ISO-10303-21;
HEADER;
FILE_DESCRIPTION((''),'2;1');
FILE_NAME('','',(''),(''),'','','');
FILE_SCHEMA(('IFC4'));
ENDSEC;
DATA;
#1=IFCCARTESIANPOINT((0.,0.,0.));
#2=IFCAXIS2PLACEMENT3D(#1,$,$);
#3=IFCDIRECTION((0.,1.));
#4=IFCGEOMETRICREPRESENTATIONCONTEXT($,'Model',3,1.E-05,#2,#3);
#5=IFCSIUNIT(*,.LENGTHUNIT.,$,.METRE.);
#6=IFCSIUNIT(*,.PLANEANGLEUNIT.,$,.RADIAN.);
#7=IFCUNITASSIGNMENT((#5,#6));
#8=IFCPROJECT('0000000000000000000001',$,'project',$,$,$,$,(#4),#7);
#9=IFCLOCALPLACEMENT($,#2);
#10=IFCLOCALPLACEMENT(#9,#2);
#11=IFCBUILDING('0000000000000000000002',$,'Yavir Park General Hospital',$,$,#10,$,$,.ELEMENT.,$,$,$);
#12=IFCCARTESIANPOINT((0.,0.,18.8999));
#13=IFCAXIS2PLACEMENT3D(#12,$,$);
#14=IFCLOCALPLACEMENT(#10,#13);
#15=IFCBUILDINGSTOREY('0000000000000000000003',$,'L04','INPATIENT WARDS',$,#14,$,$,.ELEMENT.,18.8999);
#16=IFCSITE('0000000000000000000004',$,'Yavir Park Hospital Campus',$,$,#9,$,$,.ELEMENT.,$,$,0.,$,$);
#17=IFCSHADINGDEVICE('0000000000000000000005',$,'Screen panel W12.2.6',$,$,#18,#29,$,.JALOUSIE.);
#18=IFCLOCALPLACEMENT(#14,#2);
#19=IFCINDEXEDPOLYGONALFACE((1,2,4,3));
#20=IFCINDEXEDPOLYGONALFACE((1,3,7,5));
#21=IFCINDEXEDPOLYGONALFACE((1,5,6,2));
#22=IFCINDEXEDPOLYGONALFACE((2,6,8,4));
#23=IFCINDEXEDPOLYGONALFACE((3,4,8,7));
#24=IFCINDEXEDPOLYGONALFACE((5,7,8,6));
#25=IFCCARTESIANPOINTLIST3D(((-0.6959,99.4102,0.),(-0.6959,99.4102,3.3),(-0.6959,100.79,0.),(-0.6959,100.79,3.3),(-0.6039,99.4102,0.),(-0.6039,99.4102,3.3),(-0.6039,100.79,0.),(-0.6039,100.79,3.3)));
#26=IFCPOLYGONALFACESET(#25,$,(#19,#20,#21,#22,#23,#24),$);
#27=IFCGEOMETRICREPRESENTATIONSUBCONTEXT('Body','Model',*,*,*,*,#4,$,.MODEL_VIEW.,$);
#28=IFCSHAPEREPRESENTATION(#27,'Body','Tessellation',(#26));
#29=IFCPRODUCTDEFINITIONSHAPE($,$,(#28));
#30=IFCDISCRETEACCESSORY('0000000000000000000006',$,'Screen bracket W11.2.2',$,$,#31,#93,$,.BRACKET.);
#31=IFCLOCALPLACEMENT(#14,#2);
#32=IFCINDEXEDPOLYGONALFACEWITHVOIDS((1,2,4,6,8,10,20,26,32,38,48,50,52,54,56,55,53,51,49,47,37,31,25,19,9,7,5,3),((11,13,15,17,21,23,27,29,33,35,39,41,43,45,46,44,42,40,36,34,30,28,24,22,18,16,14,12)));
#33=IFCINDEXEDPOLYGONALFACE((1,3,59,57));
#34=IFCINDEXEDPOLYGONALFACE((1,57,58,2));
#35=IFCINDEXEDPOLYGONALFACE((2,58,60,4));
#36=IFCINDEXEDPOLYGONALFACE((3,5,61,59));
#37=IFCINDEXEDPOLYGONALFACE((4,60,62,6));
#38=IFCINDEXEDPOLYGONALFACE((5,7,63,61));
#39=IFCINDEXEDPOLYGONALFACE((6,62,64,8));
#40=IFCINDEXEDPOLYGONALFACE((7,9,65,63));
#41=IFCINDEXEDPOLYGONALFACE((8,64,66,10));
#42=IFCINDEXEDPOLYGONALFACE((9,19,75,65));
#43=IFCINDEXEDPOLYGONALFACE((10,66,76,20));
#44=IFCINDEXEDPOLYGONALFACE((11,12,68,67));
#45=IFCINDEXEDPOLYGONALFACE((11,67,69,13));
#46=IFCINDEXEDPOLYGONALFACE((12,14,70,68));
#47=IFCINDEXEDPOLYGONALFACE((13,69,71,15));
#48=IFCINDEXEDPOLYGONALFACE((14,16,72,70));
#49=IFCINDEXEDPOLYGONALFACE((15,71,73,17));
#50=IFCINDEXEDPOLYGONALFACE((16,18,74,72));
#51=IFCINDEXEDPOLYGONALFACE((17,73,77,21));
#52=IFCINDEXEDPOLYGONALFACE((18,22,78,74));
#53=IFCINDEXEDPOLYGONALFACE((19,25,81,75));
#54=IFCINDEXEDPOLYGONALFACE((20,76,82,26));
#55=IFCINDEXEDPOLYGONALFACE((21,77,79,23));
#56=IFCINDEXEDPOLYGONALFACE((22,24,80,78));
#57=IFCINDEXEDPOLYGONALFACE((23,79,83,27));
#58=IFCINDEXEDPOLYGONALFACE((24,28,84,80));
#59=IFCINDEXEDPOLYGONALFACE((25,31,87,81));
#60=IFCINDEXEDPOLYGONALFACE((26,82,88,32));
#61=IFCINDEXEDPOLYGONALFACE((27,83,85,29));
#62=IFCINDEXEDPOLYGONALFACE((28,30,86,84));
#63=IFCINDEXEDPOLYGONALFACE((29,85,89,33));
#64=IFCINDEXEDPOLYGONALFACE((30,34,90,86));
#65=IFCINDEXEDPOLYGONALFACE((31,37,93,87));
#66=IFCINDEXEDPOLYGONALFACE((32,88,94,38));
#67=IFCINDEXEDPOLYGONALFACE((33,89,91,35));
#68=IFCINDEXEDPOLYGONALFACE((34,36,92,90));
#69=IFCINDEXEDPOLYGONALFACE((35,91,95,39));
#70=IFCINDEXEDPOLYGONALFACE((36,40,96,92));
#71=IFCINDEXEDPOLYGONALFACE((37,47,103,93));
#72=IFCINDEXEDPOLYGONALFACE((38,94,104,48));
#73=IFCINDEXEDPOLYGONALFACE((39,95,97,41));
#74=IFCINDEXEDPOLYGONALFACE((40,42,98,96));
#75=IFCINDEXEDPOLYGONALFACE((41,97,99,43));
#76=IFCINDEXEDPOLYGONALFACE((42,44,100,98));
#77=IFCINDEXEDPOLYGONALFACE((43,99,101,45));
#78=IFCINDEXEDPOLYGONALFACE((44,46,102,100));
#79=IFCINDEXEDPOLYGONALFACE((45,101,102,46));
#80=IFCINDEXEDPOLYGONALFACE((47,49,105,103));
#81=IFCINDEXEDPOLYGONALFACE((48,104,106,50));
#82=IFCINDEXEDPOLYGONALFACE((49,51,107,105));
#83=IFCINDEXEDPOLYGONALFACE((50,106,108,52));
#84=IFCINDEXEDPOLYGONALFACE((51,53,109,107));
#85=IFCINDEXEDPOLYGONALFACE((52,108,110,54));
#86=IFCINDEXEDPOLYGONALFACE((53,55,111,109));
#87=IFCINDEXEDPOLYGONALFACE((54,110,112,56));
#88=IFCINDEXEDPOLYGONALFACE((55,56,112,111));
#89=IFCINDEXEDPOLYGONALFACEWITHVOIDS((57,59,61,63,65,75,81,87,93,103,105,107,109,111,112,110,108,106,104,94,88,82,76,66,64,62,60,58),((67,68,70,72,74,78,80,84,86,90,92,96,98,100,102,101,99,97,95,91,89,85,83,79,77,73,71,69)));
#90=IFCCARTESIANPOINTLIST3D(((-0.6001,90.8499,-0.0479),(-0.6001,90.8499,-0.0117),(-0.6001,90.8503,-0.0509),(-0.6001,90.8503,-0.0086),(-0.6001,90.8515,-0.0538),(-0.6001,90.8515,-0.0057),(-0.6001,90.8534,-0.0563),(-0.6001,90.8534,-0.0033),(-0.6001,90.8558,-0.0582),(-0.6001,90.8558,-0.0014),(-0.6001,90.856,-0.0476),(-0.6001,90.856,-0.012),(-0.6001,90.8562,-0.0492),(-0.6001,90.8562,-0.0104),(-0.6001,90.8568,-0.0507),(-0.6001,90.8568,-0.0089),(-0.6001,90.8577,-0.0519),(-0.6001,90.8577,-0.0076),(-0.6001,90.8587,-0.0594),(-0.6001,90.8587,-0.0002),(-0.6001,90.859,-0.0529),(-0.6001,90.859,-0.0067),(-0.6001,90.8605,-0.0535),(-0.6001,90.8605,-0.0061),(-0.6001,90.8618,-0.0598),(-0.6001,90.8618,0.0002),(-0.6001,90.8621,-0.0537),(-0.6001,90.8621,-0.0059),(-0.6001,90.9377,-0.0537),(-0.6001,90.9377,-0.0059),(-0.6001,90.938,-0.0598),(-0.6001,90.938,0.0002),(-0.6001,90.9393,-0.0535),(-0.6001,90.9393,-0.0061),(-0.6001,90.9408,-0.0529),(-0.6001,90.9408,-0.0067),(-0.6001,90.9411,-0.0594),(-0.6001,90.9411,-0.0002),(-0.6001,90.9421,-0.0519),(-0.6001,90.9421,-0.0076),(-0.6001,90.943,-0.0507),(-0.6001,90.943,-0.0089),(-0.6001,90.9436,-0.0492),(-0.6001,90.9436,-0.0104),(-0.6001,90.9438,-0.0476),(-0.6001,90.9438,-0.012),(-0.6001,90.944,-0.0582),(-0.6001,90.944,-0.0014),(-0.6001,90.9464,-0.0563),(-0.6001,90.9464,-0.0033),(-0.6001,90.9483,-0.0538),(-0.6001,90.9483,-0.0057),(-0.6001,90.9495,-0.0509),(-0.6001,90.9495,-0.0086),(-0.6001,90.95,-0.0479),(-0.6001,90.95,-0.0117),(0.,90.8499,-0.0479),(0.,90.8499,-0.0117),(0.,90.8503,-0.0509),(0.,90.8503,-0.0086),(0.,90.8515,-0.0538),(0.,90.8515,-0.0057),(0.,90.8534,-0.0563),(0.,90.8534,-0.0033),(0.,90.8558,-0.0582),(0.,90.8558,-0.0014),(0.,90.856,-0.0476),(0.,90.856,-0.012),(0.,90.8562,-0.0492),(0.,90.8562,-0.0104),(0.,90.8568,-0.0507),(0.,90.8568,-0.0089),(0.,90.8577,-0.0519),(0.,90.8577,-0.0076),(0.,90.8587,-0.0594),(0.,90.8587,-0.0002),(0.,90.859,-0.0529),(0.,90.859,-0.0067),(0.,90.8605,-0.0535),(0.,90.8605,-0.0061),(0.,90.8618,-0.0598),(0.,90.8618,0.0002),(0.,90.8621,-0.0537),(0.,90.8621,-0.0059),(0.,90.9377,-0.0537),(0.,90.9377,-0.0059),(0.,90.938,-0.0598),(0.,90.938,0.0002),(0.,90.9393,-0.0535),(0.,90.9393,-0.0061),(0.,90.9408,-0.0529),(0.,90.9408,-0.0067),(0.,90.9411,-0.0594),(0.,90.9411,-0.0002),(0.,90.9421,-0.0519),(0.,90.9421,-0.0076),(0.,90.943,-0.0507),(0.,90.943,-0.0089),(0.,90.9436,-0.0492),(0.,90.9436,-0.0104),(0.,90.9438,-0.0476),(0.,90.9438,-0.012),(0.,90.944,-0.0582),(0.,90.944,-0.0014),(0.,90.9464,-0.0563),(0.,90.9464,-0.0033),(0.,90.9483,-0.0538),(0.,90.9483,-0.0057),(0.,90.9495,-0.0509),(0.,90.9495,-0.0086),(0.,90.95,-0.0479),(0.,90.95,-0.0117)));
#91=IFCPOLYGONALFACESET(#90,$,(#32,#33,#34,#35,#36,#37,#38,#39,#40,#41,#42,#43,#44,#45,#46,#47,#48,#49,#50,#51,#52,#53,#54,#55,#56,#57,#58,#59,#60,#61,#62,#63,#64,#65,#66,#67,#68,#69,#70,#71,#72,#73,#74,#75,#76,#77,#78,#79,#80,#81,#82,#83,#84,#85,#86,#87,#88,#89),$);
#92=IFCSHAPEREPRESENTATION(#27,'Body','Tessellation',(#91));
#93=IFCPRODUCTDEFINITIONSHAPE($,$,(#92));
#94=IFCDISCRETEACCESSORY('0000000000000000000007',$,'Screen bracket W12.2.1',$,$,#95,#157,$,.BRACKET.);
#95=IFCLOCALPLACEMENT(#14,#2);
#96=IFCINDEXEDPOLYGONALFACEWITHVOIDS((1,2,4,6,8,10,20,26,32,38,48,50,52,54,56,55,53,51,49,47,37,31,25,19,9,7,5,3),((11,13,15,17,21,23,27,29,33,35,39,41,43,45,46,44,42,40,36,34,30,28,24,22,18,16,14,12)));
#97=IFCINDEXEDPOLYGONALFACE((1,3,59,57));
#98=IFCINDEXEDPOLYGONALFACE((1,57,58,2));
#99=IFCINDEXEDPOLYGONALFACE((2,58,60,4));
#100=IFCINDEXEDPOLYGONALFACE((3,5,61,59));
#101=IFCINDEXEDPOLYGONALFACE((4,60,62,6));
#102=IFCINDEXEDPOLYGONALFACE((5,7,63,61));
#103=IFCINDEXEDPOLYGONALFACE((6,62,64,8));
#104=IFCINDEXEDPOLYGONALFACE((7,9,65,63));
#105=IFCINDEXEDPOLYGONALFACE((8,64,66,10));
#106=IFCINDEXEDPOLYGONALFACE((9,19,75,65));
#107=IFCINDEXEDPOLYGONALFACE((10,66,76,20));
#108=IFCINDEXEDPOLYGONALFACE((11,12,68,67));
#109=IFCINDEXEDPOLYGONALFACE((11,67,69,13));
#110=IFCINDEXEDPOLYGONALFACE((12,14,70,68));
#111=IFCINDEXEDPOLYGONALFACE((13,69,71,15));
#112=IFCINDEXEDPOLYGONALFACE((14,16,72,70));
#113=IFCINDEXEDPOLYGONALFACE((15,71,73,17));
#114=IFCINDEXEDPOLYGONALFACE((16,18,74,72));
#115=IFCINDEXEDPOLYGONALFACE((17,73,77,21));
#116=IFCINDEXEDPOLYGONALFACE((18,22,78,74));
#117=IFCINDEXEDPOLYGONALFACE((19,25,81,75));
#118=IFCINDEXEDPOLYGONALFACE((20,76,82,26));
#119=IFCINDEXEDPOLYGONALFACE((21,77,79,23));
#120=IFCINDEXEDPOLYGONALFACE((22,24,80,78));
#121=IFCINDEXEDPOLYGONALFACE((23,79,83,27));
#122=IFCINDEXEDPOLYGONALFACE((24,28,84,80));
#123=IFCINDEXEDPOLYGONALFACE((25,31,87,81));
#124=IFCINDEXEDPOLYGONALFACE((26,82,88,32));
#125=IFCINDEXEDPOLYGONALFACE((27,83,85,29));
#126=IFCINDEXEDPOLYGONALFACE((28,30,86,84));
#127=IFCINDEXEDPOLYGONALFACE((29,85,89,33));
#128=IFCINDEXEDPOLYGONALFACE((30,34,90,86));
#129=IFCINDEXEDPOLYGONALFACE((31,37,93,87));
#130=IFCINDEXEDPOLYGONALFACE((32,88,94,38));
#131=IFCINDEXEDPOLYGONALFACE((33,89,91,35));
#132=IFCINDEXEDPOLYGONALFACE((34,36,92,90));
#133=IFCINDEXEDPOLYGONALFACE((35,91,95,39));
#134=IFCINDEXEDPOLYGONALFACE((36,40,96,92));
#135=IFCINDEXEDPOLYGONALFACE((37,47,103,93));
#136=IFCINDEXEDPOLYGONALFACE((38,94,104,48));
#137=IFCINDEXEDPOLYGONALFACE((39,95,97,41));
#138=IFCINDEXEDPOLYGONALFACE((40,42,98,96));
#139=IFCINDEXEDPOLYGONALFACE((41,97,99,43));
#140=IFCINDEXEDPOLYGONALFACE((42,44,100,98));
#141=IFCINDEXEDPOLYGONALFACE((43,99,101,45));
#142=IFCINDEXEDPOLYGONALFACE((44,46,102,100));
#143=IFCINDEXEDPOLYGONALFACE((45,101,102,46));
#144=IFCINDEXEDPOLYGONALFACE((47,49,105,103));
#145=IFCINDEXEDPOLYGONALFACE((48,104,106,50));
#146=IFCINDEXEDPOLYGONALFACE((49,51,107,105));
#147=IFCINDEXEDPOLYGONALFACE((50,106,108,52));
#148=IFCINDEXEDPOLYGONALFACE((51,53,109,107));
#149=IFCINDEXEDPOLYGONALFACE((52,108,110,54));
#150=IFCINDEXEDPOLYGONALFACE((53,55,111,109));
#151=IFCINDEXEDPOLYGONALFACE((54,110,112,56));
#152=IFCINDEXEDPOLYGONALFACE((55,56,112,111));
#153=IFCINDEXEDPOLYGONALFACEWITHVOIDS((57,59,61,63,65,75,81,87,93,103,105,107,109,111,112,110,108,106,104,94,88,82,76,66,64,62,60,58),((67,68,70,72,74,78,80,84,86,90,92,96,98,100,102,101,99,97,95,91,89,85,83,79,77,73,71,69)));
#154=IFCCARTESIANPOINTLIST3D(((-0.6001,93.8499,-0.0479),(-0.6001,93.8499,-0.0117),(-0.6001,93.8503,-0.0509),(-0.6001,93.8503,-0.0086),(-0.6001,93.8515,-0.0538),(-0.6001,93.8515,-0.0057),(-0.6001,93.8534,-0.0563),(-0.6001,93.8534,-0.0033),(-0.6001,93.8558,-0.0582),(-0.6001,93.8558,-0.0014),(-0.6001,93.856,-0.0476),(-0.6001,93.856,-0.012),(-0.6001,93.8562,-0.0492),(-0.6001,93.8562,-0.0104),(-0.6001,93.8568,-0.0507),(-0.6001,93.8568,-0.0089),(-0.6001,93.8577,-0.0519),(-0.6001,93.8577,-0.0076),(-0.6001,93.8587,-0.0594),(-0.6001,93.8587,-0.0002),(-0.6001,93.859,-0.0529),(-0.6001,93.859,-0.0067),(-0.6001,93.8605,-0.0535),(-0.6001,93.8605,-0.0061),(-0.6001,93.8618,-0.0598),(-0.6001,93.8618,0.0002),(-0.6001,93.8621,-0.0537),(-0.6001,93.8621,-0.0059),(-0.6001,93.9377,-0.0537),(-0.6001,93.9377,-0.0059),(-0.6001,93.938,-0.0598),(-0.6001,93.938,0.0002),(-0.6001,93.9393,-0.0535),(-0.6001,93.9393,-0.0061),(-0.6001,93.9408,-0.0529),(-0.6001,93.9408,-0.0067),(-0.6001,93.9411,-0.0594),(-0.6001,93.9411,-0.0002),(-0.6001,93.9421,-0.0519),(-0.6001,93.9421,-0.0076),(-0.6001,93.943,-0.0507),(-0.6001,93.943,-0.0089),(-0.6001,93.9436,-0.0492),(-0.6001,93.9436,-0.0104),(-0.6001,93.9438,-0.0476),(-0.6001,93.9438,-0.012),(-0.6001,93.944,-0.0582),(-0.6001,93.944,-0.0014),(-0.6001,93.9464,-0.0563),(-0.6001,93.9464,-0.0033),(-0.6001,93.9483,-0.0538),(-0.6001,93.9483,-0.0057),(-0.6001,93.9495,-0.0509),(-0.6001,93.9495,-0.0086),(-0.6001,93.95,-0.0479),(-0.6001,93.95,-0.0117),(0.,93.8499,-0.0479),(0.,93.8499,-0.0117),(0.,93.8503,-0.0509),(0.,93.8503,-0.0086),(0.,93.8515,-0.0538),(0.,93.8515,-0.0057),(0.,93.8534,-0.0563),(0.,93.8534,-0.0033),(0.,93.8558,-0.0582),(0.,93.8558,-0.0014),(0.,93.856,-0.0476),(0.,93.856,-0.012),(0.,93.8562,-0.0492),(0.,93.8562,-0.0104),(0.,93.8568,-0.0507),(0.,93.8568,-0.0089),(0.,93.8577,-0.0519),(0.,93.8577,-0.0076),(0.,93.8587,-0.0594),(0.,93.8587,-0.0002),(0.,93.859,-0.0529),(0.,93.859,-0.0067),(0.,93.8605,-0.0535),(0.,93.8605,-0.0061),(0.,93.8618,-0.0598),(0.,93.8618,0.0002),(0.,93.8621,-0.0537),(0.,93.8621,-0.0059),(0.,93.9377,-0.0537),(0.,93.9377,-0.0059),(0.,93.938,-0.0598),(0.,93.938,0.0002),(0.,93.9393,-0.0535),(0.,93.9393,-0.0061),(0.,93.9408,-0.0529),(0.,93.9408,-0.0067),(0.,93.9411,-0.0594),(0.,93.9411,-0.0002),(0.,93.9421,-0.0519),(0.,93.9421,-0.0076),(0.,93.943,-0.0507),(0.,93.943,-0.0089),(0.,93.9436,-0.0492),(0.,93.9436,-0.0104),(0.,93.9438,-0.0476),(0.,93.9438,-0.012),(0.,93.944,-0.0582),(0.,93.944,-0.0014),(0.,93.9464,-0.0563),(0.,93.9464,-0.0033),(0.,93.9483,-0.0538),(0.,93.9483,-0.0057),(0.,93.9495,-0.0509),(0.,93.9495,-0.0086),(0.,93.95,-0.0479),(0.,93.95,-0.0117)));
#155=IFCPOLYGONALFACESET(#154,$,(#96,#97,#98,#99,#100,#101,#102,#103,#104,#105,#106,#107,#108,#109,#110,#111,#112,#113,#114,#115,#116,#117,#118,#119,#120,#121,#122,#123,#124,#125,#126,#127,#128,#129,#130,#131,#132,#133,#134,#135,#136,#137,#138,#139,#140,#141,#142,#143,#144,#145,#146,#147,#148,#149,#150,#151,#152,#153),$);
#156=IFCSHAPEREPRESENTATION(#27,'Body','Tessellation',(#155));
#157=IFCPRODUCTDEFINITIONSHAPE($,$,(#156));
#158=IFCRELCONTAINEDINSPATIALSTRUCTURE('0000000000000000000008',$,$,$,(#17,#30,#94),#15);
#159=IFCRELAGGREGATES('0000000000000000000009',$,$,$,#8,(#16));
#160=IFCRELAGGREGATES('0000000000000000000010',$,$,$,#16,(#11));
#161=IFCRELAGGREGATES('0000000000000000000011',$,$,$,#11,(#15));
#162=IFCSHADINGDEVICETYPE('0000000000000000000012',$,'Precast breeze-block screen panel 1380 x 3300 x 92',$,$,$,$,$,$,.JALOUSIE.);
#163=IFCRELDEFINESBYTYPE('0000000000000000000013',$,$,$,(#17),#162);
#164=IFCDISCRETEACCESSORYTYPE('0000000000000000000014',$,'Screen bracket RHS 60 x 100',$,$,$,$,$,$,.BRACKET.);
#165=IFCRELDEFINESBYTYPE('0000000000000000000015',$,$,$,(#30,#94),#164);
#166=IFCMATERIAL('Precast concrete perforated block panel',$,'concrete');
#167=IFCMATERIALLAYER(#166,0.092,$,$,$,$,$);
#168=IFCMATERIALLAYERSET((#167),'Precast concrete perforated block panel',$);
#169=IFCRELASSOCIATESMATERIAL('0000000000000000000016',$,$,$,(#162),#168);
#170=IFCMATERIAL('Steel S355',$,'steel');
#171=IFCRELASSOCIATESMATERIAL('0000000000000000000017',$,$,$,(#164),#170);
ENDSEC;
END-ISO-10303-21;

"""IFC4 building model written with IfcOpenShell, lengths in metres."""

from ifc_helpers import new_model, si_unit, direction, frame, origin, origin_2d, place, context, subcontext, project, spatial, rectangle, hollow_rectangle, extrude, material, layer, layer_set, material_profile, profile_set, type_object, element, save


model = new_model("IFC4")

# Units and contexts
model_context = context("Model", 3, precision=1e-05, world=origin(), true_north=direction((0.0, 1.0)))
body_context = subcontext(model_context, "Body", "Model", "MODEL_VIEW")
ifc_project = project(units=[si_unit("LENGTHUNIT", "METRE"), si_unit("PLANEANGLEUNIT", "RADIAN")], contexts=[model_context])

# Site, building, storey
site_placement = place(None, origin())
site = spatial("IfcSite", under=ifc_project, at=site_placement, Name="Yavir Park Hospital Campus", CompositionType="ELEMENT", RefElevation=0.0)
building_placement = place(site_placement, origin())
building = spatial("IfcBuilding", under=site, at=building_placement, Name="Yavir Park General Hospital", CompositionType="ELEMENT")
storey_placement = place(building_placement, frame((0.0, 0.0, 18.8999)))
storey = spatial("IfcBuildingStorey", under=building, at=storey_placement, Name="L04", Description="INPATIENT WARDS", CompositionType="ELEMENT", Elevation=18.8999)

# Shading device
ifc_material_1 = material(Name="Precast concrete perforated block panel", Category="concrete")
ifc_layer_1 = layer(ifc_material_1, 0.092)
ifc_layer_set_1 = layer_set([ifc_layer_1], Name="Precast concrete perforated block panel")
shading_device_type = type_object("IfcShadingDeviceType", Name="Precast breeze-block screen panel 1380 x 3300 x 92", PredefinedType="JALOUSIE", material=ifc_layer_set_1)
for number, where, z_axis, x_axis, name in (
    (1, (-0.6499, 100.1001, 0.0), (0.0, 0.0, 1.0), (1.0, 0.0, 0.0), "Screen panel W12.2.6"),
):
    element("IfcShadingDevice", number, at=place(storey_placement, frame(where, z_axis=z_axis, x_axis=x_axis)), inside=storey, type_object=shading_device_type, Name=name, PredefinedType="JALOUSIE", context=body_context, shape_type="SweptSolid", body=[
        extrude(rectangle(XDim=0.092, YDim=1.3799, at=origin_2d()), origin(), (0.0, 0.0, 1.0), 3.3),
    ])

# Discrete accessories
ifc_material_2 = material(Name="Steel S355", Category="steel")
ifc_material_profile_1 = material_profile(ifc_material_2, hollow_rectangle(XDim=0.1001, YDim=0.0601, WallThickness=0.0061, InnerFilletRadius=0.0061, OuterFilletRadius=0.012, at=origin_2d()), Name="RHS60x100x6")
ifc_profile_set_1 = profile_set([ifc_material_profile_1], Name="Steel S355")
discrete_accessory_type_1 = type_object("IfcDiscreteAccessoryType", Name="Screen bracket RHS 60 x 100", PredefinedType="BRACKET", material=ifc_profile_set_1)
for number, where, z_axis, x_axis, name in (
    (2, (0.0, 90.8999, -0.0298), (-1.0, 0.0, 0.0), (0.0, -1.0, 0.0), "Screen bracket W11.2.2"),
    (3, (0.0, 93.8999, -0.0298), (-1.0, 0.0, 0.0), (0.0, -1.0, 0.0), "Screen bracket W12.2.1"),
):
    element("IfcDiscreteAccessory", number, at=place(storey_placement, frame(where, z_axis=z_axis, x_axis=x_axis)), inside=storey, type_object=discrete_accessory_type_1, Name=name, PredefinedType="BRACKET", context=body_context, shape_type="SweptSolid", body=[
        extrude(hollow_rectangle(XDim=0.1001, YDim=0.0601, WallThickness=0.0061, InnerFilletRadius=0.0061, OuterFilletRadius=0.012, at=origin_2d()), origin(), (0.0, 0.0, 1.0), 0.6001),
    ])

save(model, "model.ifc")
